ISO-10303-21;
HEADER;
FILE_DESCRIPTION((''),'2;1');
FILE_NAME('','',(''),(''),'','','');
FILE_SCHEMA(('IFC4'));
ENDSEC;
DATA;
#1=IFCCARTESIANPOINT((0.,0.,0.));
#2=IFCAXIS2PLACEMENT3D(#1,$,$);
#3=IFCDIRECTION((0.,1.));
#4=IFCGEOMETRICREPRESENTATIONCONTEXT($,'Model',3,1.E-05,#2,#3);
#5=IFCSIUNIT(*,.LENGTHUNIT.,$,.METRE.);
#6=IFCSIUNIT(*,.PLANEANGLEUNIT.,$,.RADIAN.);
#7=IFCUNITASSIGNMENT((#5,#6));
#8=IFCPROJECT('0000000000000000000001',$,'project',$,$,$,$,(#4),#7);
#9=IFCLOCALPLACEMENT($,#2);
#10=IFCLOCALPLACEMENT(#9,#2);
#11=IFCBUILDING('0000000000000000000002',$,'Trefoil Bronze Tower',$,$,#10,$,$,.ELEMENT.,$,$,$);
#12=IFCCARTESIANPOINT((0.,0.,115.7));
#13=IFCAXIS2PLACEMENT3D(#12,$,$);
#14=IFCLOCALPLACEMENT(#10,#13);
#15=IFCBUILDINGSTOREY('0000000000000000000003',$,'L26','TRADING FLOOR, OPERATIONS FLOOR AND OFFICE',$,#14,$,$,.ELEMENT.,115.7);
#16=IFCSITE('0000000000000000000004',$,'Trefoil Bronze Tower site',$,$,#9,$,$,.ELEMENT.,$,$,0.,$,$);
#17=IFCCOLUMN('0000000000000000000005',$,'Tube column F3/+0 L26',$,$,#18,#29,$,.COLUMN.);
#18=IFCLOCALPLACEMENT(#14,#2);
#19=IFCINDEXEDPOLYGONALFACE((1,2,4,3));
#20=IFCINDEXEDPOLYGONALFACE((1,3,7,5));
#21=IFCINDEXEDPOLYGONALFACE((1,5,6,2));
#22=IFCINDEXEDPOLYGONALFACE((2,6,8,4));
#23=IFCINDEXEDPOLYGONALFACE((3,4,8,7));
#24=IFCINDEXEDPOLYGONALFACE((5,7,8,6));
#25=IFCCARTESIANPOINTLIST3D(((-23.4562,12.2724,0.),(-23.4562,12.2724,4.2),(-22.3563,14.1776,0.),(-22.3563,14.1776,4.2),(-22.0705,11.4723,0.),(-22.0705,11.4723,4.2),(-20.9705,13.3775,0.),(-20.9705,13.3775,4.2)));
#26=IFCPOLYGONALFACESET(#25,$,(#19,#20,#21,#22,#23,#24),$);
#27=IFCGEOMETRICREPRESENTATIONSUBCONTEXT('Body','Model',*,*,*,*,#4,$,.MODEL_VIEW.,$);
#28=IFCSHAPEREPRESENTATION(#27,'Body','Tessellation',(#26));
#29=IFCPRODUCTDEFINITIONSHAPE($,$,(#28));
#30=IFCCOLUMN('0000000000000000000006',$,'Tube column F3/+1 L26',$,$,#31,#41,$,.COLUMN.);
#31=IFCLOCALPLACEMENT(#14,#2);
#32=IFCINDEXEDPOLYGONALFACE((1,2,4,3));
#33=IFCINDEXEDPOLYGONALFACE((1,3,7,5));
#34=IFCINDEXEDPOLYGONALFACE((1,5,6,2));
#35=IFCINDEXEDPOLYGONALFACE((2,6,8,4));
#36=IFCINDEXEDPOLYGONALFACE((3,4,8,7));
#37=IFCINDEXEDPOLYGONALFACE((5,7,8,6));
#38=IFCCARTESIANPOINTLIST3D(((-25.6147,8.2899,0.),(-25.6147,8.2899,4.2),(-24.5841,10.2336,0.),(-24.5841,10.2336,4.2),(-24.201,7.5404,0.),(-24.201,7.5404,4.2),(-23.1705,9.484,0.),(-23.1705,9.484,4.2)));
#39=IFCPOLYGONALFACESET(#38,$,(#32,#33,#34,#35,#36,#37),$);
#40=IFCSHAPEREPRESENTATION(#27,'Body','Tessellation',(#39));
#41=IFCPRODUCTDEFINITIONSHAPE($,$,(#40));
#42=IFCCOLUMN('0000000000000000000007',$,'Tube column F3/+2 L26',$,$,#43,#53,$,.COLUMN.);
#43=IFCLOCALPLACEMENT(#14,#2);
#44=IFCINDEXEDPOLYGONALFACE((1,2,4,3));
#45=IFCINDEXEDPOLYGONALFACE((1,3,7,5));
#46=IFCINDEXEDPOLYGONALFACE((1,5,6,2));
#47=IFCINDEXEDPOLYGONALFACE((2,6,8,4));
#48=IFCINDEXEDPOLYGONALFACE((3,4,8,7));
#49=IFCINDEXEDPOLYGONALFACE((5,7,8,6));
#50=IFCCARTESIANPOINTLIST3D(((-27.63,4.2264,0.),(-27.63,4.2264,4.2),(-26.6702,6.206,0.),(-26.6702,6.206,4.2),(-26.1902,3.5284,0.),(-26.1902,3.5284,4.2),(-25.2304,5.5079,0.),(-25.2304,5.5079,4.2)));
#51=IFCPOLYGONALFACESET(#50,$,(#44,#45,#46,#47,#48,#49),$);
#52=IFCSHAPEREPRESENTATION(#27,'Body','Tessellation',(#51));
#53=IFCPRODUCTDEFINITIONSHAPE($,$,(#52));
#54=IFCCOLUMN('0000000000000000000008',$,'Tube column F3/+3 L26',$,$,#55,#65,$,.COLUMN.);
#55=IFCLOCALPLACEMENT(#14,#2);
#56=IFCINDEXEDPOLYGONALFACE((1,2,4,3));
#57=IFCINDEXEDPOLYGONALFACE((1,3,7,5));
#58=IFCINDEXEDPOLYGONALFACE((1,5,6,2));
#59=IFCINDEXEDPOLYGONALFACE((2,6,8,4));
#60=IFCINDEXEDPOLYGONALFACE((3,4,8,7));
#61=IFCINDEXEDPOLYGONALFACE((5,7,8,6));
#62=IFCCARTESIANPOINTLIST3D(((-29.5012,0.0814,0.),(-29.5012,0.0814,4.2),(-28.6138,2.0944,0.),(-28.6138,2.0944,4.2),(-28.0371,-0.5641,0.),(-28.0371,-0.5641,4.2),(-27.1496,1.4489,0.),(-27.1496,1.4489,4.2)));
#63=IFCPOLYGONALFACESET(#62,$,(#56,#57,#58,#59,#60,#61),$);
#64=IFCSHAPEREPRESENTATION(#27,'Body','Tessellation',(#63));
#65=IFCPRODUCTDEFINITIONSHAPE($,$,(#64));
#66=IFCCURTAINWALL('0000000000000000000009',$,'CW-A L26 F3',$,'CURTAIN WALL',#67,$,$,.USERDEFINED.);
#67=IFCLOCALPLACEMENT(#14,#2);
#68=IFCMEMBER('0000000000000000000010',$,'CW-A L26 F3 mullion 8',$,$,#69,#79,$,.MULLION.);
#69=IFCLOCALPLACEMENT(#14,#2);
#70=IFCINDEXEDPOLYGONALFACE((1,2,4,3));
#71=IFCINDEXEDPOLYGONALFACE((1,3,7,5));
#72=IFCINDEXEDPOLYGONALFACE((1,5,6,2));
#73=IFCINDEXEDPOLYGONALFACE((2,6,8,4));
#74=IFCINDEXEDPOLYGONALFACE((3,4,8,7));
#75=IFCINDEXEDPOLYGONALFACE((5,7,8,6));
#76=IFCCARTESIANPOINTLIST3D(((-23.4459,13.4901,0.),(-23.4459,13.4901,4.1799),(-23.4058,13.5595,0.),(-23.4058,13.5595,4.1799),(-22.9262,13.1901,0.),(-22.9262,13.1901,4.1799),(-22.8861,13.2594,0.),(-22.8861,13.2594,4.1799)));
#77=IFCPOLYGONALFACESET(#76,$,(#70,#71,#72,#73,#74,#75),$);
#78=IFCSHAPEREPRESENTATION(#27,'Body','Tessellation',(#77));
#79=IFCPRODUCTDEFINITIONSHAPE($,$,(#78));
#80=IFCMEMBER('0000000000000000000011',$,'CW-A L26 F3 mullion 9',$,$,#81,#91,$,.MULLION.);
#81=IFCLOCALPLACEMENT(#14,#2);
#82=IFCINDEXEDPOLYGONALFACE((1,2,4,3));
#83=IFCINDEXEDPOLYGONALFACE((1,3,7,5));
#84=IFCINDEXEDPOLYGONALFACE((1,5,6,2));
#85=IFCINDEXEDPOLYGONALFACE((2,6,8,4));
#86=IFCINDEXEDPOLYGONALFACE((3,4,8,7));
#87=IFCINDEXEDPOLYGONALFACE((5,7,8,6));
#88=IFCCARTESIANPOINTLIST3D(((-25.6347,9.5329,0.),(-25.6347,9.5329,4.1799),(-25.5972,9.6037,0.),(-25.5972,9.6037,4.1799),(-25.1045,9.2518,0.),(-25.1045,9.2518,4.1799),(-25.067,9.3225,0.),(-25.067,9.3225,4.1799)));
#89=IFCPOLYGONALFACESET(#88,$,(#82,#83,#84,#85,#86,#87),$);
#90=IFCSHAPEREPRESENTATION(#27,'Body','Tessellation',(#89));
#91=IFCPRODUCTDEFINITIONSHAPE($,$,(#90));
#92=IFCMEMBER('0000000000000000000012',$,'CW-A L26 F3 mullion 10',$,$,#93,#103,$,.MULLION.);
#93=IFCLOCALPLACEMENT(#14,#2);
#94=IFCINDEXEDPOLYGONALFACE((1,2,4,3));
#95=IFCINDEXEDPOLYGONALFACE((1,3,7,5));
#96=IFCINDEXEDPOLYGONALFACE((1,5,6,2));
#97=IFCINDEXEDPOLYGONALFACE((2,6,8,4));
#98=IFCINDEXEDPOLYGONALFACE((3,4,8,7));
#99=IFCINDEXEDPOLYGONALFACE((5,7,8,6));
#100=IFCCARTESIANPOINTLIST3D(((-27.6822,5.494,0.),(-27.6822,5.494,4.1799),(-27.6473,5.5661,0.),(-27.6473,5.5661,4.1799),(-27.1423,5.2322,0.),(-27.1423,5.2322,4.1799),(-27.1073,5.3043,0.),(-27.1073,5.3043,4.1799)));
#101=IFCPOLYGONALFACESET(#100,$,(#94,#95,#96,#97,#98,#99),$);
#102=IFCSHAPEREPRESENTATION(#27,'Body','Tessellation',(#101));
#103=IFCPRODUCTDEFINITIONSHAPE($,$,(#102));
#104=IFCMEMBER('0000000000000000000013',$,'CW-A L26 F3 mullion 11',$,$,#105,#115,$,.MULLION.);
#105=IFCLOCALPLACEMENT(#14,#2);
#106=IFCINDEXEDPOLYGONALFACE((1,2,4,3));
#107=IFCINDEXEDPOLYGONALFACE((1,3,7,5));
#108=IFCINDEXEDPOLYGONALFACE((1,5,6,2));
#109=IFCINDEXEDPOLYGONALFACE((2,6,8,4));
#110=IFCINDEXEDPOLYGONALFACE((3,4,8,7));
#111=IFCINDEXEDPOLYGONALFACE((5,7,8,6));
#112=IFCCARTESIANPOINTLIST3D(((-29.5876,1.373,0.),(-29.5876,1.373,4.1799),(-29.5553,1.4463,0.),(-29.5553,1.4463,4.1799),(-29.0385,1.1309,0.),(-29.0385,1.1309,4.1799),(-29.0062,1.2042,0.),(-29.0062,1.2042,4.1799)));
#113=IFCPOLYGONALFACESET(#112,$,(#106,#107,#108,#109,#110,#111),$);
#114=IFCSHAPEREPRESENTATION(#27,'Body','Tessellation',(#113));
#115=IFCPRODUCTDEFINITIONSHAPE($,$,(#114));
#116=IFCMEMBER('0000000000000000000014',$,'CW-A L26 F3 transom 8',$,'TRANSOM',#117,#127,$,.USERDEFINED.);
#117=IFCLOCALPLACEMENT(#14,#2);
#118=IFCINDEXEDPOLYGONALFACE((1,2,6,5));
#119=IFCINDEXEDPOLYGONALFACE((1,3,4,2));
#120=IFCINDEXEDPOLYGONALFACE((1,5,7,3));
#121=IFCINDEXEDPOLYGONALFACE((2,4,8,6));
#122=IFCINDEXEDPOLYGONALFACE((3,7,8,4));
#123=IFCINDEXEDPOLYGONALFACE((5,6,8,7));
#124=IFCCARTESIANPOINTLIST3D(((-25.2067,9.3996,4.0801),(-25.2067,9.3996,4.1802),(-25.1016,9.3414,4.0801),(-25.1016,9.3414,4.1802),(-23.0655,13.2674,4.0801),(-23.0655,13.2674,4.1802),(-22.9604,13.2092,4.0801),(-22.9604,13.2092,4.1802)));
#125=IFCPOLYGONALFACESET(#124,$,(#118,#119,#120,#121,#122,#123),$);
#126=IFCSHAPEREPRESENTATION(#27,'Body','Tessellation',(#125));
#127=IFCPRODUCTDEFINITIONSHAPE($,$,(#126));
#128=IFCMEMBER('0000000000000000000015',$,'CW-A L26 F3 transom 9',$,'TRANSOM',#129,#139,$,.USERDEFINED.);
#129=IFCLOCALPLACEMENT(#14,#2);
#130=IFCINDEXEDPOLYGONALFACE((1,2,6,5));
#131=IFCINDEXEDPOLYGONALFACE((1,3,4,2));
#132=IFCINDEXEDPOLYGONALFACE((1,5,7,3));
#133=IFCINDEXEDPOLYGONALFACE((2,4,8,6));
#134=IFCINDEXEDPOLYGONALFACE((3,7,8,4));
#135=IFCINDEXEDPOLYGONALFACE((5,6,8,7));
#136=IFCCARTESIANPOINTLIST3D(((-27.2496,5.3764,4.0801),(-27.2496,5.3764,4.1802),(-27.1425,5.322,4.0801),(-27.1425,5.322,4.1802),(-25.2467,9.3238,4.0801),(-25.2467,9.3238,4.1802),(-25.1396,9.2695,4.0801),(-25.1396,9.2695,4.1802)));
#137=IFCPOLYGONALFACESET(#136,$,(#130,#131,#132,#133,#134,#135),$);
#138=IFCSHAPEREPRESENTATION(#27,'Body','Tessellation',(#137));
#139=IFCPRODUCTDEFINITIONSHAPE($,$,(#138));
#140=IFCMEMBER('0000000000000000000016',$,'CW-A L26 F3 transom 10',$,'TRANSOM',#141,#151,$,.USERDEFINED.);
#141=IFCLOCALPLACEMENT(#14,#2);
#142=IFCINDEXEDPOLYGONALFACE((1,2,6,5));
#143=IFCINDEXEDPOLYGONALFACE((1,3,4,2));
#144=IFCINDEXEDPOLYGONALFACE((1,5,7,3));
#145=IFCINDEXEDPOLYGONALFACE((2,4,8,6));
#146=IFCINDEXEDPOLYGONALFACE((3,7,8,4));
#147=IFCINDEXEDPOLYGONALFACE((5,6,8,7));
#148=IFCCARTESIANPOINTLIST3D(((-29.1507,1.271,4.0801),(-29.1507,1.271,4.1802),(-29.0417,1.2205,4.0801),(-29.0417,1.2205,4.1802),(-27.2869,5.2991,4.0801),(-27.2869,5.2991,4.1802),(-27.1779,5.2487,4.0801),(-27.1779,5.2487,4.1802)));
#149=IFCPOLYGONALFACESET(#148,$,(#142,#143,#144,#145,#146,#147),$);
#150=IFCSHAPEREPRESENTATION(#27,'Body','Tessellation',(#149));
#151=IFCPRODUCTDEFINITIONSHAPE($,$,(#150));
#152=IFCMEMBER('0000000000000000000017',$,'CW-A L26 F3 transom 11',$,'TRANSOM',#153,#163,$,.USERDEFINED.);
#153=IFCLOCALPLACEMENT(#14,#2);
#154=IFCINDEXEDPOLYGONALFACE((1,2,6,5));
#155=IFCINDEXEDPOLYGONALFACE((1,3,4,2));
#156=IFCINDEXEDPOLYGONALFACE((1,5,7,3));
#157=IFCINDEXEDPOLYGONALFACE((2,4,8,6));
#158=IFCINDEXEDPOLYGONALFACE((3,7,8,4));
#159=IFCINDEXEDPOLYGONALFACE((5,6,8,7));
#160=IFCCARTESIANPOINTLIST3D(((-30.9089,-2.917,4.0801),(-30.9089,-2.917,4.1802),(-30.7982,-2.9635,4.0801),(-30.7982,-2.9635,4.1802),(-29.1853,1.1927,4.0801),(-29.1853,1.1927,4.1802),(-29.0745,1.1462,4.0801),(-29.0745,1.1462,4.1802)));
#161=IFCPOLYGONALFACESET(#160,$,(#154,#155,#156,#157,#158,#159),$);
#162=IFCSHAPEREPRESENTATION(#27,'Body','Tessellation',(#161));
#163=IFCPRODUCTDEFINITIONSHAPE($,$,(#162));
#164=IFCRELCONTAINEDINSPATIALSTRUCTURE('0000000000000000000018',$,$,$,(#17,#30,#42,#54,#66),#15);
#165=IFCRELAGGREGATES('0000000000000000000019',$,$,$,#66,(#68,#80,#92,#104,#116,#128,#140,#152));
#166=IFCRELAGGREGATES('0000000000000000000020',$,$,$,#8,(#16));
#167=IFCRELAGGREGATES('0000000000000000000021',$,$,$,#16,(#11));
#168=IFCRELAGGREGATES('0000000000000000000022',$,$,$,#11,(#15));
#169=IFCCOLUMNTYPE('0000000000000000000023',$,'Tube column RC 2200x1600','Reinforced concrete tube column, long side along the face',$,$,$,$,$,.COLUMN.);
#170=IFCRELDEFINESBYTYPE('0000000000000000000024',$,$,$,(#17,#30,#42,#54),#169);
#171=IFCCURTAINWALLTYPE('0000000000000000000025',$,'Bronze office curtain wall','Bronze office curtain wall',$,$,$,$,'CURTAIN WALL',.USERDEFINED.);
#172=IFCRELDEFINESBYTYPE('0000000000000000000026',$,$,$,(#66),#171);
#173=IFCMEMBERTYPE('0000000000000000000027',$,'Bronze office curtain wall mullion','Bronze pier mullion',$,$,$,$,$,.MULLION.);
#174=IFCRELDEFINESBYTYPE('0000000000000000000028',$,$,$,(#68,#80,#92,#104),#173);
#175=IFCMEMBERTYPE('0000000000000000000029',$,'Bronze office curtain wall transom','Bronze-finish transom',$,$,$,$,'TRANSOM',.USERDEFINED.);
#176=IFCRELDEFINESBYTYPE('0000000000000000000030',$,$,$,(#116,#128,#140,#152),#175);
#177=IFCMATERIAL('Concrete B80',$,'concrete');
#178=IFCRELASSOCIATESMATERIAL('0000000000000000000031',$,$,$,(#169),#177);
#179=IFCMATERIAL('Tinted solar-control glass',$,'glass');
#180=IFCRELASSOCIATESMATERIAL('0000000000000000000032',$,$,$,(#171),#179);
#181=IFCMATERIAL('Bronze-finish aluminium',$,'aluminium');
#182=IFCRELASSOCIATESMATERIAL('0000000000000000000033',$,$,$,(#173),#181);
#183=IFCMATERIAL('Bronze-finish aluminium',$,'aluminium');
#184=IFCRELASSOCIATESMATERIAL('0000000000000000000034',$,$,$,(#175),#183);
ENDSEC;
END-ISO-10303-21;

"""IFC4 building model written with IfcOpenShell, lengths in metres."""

from ifc_helpers import new_model, si_unit, direction, frame, origin, origin_2d, place, context, subcontext, project, spatial, rectangle, extrude, material, material_profile, profile_set, type_object, element, aggregate, save


model = new_model("IFC4")

# Units and contexts
model_context = context("Model", 3, precision=1e-05, world=origin(), true_north=direction((0.0, 1.0)))
body_context = subcontext(model_context, "Body", "Model", "MODEL_VIEW")
ifc_project = project(units=[si_unit("LENGTHUNIT", "METRE"), si_unit("PLANEANGLEUNIT", "RADIAN")], contexts=[model_context])

# Site, building, storey
site_placement = place(None, origin())
site = spatial("IfcSite", under=ifc_project, at=site_placement, Name="Trefoil Bronze Tower site", CompositionType="ELEMENT", RefElevation=0.0)
building_placement = place(site_placement, origin())
building = spatial("IfcBuilding", under=site, at=building_placement, Name="Trefoil Bronze Tower", CompositionType="ELEMENT")
storey_placement = place(building_placement, frame((0.0, 0.0, 115.7)))
storey = spatial("IfcBuildingStorey", under=building, at=storey_placement, Name="L26", Description="TRADING FLOOR, OPERATIONS FLOOR AND OFFICE", CompositionType="ELEMENT", Elevation=115.7)

# Columns
ifc_material_1 = material(Name="Concrete B80", Category="concrete")
ifc_material_profile_1 = material_profile(ifc_material_1, rectangle(XDim=2.2, YDim=1.6001, at=origin_2d()), Name="RC 2200x1600")
ifc_profile_set_1 = profile_set([ifc_material_profile_1], Name="Concrete B80")
column_type = type_object("IfcColumnType", Name="Tube column RC 2200x1600", Description="Reinforced concrete tube column, long side along the face", PredefinedType="COLUMN", material=ifc_profile_set_1)
for number, where, z_axis, x_axis, name in (
    (1, (-22.2134, 12.825, 0.0), (0.0, 0.0, 1.0), (-0.5, -0.866025, 0.0), "Tube column F3/+0 L26"),
    (2, (-24.3926, 8.887, 0.0), (0.0, 0.0, 1.0), (-0.468457, -0.883486, 0.0), "Tube column F3/+1 L26"),
    (3, (-26.4302, 4.8672, 0.0), (0.0, 0.0, 1.0), (-0.436262, -0.89982, 0.0), "Tube column F3/+2 L26"),
    (4, (-28.3254, 0.7651, 0.0), (0.0, 0.0, 1.0), (-0.403412, -0.915018, 0.0), "Tube column F3/+3 L26"),
):
    element("IfcColumn", number, at=place(storey_placement, frame(where, z_axis=z_axis, x_axis=x_axis)), inside=storey, type_object=column_type, Name=name, PredefinedType="COLUMN", context=body_context, shape_type="SweptSolid", body=[
        extrude(rectangle(XDim=2.2, YDim=1.6001, at=origin_2d()), origin(), (0.0, 0.0, 1.0), 4.2),
    ])

# Curtain wall, members
ifc_material_2 = material(Name="Tinted solar-control glass", Category="glass")
curtain_wall_type = type_object("IfcCurtainWallType", Name="Bronze office curtain wall", Description="Bronze office curtain wall", ElementType="CURTAIN WALL", PredefinedType="USERDEFINED", material=ifc_material_2)
curtain_wall_placement = place(storey_placement, origin())
curtain_wall = element("IfcCurtainWall", 5, at=curtain_wall_placement, inside=storey, type_object=curtain_wall_type, Name="CW-A L26 F3", ObjectType="CURTAIN WALL", PredefinedType="USERDEFINED")
ifc_material_3 = material(Name="Bronze-finish aluminium", Category="aluminium")
ifc_material_profile_2 = material_profile(ifc_material_3, rectangle(XDim=0.6001, YDim=0.0801, at=origin_2d()), Name="CW-A mullion")
ifc_profile_set_2 = profile_set([ifc_material_profile_2], Name="Bronze-finish aluminium")
member_type_1 = type_object("IfcMemberType", Name="Bronze office curtain wall mullion", Description="Bronze pier mullion", PredefinedType="MULLION", material=ifc_profile_set_2)
member_1_placement = place(storey_placement, frame((-23.166, 13.3748, 0.0), z_axis=(0.0, 0.0, 1.0), x_axis=(0.866025, -0.5, 0.0)))
member_1 = element("IfcMember", 6, at=member_1_placement, type_object=member_type_1, Name="CW-A L26 F3 mullion 8", PredefinedType="MULLION", context=body_context, shape_type="SweptSolid", body=[
    extrude(rectangle(XDim=0.6001, YDim=0.0801, at=origin_2d()), origin(), (0.0, 0.0, 1.0), 4.1799),
])
member_2_placement = place(storey_placement, frame((-25.3508, 9.4277, 0.0), z_axis=(0.0, 0.0, 1.0), x_axis=(0.883486, -0.468457, 0.0)))
member_2 = element("IfcMember", 7, at=member_2_placement, type_object=member_type_1, Name="CW-A L26 F3 mullion 9", PredefinedType="MULLION", context=body_context, shape_type="SweptSolid", body=[
    extrude(rectangle(XDim=0.6001, YDim=0.0801, at=origin_2d()), origin(), (0.0, 0.0, 1.0), 4.1799),
])
member_3_placement = place(storey_placement, frame((-27.3948, 5.3992, 0.0), z_axis=(0.0, 0.0, 1.0), x_axis=(0.89982, -0.436262, 0.0)))
member_3 = element("IfcMember", 8, at=member_3_placement, type_object=member_type_1, Name="CW-A L26 F3 mullion 10", PredefinedType="MULLION", context=body_context, shape_type="SweptSolid", body=[
    extrude(rectangle(XDim=0.6001, YDim=0.0801, at=origin_2d()), origin(), (0.0, 0.0, 1.0), 4.1799),
])
member_4_placement = place(storey_placement, frame((-29.2969, 1.2886, 0.0), z_axis=(0.0, 0.0, 1.0), x_axis=(0.915018, -0.403412, 0.0)))
member_4 = element("IfcMember", 9, at=member_4_placement, type_object=member_type_1, Name="CW-A L26 F3 mullion 11", PredefinedType="MULLION", context=body_context, shape_type="SweptSolid", body=[
    extrude(rectangle(XDim=0.6001, YDim=0.0801, at=origin_2d()), origin(), (0.0, 0.0, 1.0), 4.1799),
])
ifc_material_4 = material(Name="Bronze-finish aluminium", Category="aluminium")
ifc_material_profile_3 = material_profile(ifc_material_4, rectangle(XDim=0.1201, YDim=0.1001, at=origin_2d()), Name="CW-A transom")
ifc_profile_set_3 = profile_set([ifc_material_profile_3], Name="Bronze-finish aluminium")
member_type_2 = type_object("IfcMemberType", Name="Bronze office curtain wall transom", Description="Bronze-finish transom", ElementType="TRANSOM", PredefinedType="USERDEFINED", material=ifc_profile_set_3)
member_5_placement = place(storey_placement, frame((-23.0129, 13.2383, 4.1301), z_axis=(-0.484329, -0.874886, 0.0), x_axis=(0.874886, -0.484329, 0.0)))
member_5 = element("IfcMember", 10, at=member_5_placement, type_object=member_type_2, Name="CW-A L26 F3 transom 8", ObjectType="TRANSOM", PredefinedType="USERDEFINED", context=body_context, shape_type="SweptSolid", body=[
    extrude(rectangle(XDim=0.1201, YDim=0.1001, at=origin_2d()), origin(), (0.0, 0.0, 1.0), 4.4209),
])
member_6_placement = place(storey_placement, frame((-25.1931, 9.2966, 4.1301), z_axis=(-0.452478, -0.891775, 0.0), x_axis=(0.891775, -0.452478, 0.0)))
member_6 = element("IfcMember", 11, at=member_6_placement, type_object=member_type_2, Name="CW-A L26 F3 transom 9", ObjectType="TRANSOM", PredefinedType="USERDEFINED", context=body_context, shape_type="SweptSolid", body=[
    extrude(rectangle(XDim=0.1201, YDim=0.1001, at=origin_2d()), origin(), (0.0, 0.0, 1.0), 4.4265),
])
member_7_placement = place(storey_placement, frame((-27.2324, 5.2739, 4.1301), z_axis=(-0.419923, -0.90756, 0.0), x_axis=(0.90756, -0.419923, 0.0)))
member_7 = element("IfcMember", 12, at=member_7_placement, type_object=member_type_2, Name="CW-A L26 F3 transom 10", ObjectType="TRANSOM", PredefinedType="USERDEFINED", context=body_context, shape_type="SweptSolid", body=[
    extrude(rectangle(XDim=0.1201, YDim=0.1001, at=origin_2d()), origin(), (0.0, 0.0, 1.0), 4.4385),
])
member_8_placement = place(storey_placement, frame((-29.1299, 1.1694, 4.1301), z_axis=(-0.386773, -0.922175, 0.0), x_axis=(0.922175, -0.386773, 0.0)))
member_8 = element("IfcMember", 13, at=member_8_placement, type_object=member_type_2, Name="CW-A L26 F3 transom 11", ObjectType="TRANSOM", PredefinedType="USERDEFINED", context=body_context, shape_type="SweptSolid", body=[
    extrude(rectangle(XDim=0.1201, YDim=0.1001, at=origin_2d()), origin(), (0.0, 0.0, 1.0), 4.4565),
])

aggregate(curtain_wall, [member_1, member_2, member_3, member_4, member_5, member_6, member_7, member_8])

save(model, "model.ifc")
